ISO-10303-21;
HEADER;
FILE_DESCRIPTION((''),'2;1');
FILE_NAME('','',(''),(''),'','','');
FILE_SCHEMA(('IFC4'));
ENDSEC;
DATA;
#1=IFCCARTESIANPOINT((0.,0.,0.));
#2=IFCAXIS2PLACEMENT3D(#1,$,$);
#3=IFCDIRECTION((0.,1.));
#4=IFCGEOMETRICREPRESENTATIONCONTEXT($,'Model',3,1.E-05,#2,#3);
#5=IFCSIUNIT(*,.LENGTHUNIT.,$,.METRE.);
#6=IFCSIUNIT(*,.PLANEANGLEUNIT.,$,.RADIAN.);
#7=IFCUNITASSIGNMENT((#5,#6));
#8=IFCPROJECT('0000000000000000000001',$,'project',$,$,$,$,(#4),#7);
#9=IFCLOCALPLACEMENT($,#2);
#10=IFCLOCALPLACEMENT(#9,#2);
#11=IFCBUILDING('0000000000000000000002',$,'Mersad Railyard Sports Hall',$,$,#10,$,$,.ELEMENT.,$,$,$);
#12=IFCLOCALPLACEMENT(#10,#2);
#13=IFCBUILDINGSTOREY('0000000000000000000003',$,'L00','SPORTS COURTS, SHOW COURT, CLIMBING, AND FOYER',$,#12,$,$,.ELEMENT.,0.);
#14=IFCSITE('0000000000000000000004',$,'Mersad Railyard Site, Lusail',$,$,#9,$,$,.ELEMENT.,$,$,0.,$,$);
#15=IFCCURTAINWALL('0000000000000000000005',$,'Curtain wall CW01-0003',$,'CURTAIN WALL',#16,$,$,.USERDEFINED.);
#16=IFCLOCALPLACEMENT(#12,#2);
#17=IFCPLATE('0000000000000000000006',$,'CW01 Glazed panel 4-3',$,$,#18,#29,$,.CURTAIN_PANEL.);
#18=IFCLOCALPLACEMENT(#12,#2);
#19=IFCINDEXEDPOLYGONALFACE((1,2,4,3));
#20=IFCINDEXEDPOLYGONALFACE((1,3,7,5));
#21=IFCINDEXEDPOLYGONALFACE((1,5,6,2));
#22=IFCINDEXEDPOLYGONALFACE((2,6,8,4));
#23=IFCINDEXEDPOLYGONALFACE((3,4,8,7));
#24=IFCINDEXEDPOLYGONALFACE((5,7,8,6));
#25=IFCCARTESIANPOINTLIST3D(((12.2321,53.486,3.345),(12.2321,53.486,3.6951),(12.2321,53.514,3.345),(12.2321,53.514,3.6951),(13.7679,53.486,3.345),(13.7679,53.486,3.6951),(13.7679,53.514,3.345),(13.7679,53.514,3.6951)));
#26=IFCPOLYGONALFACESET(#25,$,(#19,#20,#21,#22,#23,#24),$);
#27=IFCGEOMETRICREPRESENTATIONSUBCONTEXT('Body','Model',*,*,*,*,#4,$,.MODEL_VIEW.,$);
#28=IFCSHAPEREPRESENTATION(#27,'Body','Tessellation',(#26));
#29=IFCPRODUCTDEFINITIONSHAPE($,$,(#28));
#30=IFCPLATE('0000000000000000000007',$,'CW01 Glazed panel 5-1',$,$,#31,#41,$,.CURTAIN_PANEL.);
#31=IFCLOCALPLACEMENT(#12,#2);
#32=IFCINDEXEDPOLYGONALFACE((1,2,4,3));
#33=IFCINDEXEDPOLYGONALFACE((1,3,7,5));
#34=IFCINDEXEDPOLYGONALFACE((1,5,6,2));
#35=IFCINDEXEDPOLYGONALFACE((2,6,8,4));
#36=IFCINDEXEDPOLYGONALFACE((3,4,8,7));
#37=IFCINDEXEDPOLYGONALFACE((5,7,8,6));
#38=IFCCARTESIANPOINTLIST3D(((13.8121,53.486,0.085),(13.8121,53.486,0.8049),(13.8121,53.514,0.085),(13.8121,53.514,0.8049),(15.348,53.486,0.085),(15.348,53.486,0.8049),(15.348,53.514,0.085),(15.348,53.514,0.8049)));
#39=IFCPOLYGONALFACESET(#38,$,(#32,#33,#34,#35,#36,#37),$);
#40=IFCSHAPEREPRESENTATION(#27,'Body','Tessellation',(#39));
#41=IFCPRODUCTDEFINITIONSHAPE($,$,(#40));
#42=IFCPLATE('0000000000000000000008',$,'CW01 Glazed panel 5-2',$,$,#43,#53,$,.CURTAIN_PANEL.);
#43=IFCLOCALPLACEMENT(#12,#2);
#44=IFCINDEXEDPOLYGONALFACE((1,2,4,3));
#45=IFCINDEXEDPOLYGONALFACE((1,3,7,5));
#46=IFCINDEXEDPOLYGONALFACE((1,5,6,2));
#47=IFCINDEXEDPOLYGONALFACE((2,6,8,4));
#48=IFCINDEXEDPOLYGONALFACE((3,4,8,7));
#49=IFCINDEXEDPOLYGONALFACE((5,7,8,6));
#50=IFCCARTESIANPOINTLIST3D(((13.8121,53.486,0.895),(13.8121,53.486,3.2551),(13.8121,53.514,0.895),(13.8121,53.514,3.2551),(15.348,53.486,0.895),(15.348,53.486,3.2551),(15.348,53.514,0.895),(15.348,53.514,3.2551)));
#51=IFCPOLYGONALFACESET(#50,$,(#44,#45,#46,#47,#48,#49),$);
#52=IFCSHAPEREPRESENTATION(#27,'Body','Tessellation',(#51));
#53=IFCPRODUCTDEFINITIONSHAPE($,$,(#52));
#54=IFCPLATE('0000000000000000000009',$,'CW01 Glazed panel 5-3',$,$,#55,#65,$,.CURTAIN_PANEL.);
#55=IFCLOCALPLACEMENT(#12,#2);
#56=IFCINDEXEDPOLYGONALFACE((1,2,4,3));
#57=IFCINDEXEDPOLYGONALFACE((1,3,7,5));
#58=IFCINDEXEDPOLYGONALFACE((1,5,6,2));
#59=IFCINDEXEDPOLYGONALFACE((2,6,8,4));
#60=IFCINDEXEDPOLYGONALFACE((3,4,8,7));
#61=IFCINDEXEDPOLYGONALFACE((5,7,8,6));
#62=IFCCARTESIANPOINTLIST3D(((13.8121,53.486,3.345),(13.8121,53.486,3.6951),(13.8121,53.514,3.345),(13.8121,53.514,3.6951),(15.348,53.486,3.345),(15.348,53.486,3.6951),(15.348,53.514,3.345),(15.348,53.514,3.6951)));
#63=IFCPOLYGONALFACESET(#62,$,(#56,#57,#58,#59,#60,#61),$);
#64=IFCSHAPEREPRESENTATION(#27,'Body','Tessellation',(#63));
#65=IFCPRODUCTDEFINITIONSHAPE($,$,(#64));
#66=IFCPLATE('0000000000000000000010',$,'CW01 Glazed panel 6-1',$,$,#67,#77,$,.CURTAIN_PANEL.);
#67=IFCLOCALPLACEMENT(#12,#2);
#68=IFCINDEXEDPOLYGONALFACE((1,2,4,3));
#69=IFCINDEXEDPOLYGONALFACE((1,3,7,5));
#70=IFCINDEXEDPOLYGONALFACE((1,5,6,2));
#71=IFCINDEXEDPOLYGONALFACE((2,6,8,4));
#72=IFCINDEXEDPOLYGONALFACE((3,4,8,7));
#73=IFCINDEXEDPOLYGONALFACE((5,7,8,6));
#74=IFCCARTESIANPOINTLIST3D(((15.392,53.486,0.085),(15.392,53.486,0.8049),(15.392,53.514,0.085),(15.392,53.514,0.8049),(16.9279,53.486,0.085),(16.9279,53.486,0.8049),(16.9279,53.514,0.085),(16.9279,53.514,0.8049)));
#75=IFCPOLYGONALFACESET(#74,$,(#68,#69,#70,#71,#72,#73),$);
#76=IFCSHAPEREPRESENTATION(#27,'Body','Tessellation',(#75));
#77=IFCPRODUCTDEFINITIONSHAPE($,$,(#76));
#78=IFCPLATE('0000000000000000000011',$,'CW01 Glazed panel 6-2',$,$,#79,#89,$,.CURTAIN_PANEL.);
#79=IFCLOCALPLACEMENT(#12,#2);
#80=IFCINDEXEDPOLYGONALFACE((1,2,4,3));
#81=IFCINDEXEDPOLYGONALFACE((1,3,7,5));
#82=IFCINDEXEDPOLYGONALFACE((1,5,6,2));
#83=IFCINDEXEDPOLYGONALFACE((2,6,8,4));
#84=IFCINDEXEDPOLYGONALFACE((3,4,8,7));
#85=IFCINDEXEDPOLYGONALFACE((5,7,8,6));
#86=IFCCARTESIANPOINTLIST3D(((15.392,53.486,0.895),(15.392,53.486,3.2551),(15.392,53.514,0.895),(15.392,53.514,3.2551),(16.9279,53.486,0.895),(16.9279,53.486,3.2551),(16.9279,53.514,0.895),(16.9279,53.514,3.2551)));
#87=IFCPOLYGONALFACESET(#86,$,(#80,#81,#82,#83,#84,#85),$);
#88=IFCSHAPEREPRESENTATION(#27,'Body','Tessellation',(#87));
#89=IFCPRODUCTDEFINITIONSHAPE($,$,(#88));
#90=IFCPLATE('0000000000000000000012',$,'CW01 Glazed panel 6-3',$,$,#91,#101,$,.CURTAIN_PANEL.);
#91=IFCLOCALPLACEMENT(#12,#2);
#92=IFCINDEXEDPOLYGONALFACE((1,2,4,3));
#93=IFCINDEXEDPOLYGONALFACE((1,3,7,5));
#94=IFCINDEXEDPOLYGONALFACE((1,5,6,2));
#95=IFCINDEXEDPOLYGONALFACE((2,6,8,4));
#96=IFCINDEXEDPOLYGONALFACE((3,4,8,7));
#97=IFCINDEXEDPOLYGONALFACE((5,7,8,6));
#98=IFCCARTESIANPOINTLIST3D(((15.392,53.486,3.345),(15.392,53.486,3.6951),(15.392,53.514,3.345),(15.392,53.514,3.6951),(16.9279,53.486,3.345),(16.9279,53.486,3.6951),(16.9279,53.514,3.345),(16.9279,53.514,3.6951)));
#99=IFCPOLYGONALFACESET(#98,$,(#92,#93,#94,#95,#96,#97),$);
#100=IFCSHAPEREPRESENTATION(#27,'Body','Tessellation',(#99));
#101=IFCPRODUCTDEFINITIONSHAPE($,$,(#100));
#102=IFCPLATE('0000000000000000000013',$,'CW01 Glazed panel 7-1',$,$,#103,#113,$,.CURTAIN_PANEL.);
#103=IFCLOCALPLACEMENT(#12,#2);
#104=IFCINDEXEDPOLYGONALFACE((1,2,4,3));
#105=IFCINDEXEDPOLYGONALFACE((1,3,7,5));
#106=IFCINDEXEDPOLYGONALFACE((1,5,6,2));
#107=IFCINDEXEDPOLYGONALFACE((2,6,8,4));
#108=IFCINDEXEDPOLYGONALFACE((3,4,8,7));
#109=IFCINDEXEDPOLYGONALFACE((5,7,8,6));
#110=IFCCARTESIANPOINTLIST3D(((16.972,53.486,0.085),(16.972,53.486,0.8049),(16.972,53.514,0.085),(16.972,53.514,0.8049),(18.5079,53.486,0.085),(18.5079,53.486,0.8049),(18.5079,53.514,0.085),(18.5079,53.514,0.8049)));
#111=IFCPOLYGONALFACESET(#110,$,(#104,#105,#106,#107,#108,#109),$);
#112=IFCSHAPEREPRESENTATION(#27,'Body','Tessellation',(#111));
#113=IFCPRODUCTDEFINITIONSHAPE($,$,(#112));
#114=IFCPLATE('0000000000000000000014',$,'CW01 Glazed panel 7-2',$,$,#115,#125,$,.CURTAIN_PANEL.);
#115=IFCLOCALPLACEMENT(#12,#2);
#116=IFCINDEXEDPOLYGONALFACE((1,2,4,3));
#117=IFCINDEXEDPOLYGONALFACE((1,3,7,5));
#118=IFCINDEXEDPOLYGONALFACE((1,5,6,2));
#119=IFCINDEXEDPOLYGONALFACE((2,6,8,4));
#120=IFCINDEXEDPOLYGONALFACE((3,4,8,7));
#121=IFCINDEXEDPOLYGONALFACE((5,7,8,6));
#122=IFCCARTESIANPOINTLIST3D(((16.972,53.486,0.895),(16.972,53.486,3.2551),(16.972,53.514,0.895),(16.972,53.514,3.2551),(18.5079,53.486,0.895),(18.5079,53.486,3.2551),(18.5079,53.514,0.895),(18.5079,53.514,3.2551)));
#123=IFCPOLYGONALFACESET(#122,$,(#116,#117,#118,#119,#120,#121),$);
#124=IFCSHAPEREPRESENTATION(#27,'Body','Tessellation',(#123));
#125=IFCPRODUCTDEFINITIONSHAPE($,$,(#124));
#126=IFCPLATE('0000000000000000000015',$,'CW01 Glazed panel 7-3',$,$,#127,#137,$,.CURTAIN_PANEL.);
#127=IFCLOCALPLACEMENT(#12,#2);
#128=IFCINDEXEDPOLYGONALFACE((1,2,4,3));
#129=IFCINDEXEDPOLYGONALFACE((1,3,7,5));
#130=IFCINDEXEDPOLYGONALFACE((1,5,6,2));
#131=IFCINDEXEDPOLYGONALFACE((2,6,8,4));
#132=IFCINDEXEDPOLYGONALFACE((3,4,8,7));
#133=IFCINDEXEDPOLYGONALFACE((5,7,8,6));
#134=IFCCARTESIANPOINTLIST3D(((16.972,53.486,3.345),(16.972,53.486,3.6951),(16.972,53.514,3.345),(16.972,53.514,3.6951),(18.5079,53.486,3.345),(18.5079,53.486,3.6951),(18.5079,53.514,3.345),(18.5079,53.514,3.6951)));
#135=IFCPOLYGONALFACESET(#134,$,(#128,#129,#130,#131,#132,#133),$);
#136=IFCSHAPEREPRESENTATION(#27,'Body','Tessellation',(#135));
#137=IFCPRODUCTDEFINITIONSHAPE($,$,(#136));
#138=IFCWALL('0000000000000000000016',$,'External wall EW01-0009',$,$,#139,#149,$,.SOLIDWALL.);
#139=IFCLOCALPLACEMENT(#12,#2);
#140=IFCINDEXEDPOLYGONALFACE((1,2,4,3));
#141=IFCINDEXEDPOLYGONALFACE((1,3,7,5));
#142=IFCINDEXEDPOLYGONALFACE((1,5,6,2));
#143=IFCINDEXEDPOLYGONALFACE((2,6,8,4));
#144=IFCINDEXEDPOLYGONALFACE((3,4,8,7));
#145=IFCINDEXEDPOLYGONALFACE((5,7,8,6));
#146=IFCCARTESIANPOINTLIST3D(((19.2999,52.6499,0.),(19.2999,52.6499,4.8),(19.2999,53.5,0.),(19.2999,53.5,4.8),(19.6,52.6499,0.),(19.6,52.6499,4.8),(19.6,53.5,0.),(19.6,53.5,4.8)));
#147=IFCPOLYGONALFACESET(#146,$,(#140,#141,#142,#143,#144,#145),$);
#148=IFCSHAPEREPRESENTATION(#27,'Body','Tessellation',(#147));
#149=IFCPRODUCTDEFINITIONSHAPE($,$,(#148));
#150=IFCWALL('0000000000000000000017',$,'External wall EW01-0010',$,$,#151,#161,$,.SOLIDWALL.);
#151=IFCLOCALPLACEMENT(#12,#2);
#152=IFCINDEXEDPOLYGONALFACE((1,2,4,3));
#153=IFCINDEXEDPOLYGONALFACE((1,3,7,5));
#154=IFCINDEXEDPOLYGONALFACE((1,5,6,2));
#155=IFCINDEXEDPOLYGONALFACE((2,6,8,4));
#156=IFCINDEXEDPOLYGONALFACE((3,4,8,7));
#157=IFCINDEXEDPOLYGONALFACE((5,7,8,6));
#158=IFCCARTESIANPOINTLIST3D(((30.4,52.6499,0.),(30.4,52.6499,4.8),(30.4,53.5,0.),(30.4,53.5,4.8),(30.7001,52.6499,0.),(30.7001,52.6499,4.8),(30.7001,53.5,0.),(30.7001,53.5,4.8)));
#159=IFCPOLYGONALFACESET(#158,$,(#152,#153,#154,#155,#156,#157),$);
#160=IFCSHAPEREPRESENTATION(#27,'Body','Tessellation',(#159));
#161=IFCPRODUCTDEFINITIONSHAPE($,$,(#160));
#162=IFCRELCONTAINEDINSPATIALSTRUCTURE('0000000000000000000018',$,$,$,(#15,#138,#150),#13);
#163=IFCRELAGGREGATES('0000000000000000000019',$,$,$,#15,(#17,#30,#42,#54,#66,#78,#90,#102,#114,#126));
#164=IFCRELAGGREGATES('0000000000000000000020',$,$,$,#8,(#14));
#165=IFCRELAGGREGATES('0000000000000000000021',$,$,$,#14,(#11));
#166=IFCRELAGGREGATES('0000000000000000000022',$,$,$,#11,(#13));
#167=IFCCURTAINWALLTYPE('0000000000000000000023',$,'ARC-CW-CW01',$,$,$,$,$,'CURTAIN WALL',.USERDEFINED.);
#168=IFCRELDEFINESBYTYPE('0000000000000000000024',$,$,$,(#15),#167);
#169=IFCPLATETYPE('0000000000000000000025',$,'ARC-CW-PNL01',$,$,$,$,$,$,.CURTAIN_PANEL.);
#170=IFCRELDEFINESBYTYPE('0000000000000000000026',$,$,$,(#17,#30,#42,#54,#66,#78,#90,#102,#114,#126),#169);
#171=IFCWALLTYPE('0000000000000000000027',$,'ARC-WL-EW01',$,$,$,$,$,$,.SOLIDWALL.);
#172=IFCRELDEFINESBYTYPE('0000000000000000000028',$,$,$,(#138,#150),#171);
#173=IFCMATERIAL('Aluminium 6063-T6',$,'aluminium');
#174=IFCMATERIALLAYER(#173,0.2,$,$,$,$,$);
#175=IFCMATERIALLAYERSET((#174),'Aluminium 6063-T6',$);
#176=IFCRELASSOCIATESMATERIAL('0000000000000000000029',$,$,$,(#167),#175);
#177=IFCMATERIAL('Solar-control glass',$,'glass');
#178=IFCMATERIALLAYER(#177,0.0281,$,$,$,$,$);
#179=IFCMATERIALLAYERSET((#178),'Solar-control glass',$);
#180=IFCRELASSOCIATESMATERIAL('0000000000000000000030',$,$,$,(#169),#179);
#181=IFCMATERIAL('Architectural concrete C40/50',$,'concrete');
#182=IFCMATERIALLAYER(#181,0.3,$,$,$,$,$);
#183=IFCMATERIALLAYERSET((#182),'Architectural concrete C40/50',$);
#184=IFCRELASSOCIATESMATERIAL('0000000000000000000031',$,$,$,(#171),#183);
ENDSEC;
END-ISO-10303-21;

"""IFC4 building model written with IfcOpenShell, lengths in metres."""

from ifc_helpers import new_model, si_unit, direction, frame, frame_2d, origin, origin_2d, place, context, subcontext, project, spatial, rectangle, extrude, material, layer, layer_set, type_object, element, aggregate, save


model = new_model("IFC4")

# Units and contexts
model_context = context("Model", 3, precision=1e-05, world=origin(), true_north=direction((0.0, 1.0)))
body_context = subcontext(model_context, "Body", "Model", "MODEL_VIEW")
ifc_project = project(units=[si_unit("LENGTHUNIT", "METRE"), si_unit("PLANEANGLEUNIT", "RADIAN")], contexts=[model_context])

# Site, building, storey
site_placement = place(None, origin())
site = spatial("IfcSite", under=ifc_project, at=site_placement, Name="Mersad Railyard Site, Lusail", CompositionType="ELEMENT", RefElevation=0.0)
building_placement = place(site_placement, origin())
building = spatial("IfcBuilding", under=site, at=building_placement, Name="Mersad Railyard Sports Hall", CompositionType="ELEMENT")
storey_placement = place(building_placement, origin())
storey = spatial("IfcBuildingStorey", under=building, at=storey_placement, Name="L00", Description="SPORTS COURTS, SHOW COURT, CLIMBING, AND FOYER", CompositionType="ELEMENT", Elevation=0.0)

# Curtain wall
ifc_material_1 = material(Name="Aluminium 6063-T6", Category="aluminium")
ifc_layer_1 = layer(ifc_material_1, 0.2)
ifc_layer_set_1 = layer_set([ifc_layer_1], Name="Aluminium 6063-T6")
curtain_wall_type = type_object("IfcCurtainWallType", Name="ARC-CW-CW01", ElementType="CURTAIN WALL", PredefinedType="USERDEFINED", material=ifc_layer_set_1)
curtain_wall_1_placement = place(storey_placement, origin())
curtain_wall_1 = element("IfcCurtainWall", 1, at=curtain_wall_1_placement, inside=storey, type_object=curtain_wall_type, Name="Curtain wall CW01-0003", ObjectType="CURTAIN WALL", PredefinedType="USERDEFINED")

# Plates
ifc_material_2 = material(Name="Solar-control glass", Category="glass")
ifc_layer_2 = layer(ifc_material_2, 0.0281)
ifc_layer_set_2 = layer_set([ifc_layer_2], Name="Solar-control glass")
plate_type = type_object("IfcPlateType", Name="ARC-CW-PNL01", PredefinedType="CURTAIN_PANEL", material=ifc_layer_set_2)
plate_1_placement = place(storey_placement, frame((13.0, 53.5, 3.345), z_axis=(0.0, 0.0, 1.0), x_axis=(1.0, 0.0, 0.0)))
plate_1 = element("IfcPlate", 2, at=plate_1_placement, type_object=plate_type, Name="CW01 Glazed panel 4-3", PredefinedType="CURTAIN_PANEL", context=body_context, shape_type="SweptSolid", body=[
    extrude(rectangle(XDim=1.5359, YDim=0.0281, at=origin_2d()), origin(), (0.0, 0.0, 1.0), 0.3501),
])
plate_2_placement = place(storey_placement, frame((14.5801, 53.5, 0.085), z_axis=(0.0, 0.0, 1.0), x_axis=(1.0, 0.0, 0.0)))
plate_2 = element("IfcPlate", 3, at=plate_2_placement, type_object=plate_type, Name="CW01 Glazed panel 5-1", PredefinedType="CURTAIN_PANEL", context=body_context, shape_type="SweptSolid", body=[
    extrude(rectangle(XDim=1.5359, YDim=0.0281, at=origin_2d()), origin(), (0.0, 0.0, 1.0), 0.72),
])
plate_3_placement = place(storey_placement, frame((14.5801, 53.5, 0.895), z_axis=(0.0, 0.0, 1.0), x_axis=(1.0, 0.0, 0.0)))
plate_3 = element("IfcPlate", 4, at=plate_3_placement, type_object=plate_type, Name="CW01 Glazed panel 5-2", PredefinedType="CURTAIN_PANEL", context=body_context, shape_type="SweptSolid", body=[
    extrude(rectangle(XDim=1.5359, YDim=0.0281, at=origin_2d()), origin(), (0.0, 0.0, 1.0), 2.3601),
])
plate_4_placement = place(storey_placement, frame((14.5801, 53.5, 3.345), z_axis=(0.0, 0.0, 1.0), x_axis=(1.0, 0.0, 0.0)))
plate_4 = element("IfcPlate", 5, at=plate_4_placement, type_object=plate_type, Name="CW01 Glazed panel 5-3", PredefinedType="CURTAIN_PANEL", context=body_context, shape_type="SweptSolid", body=[
    extrude(rectangle(XDim=1.5359, YDim=0.0281, at=origin_2d()), origin(), (0.0, 0.0, 1.0), 0.3501),
])
plate_5_placement = place(storey_placement, frame((16.1599, 53.5, 0.085), z_axis=(0.0, 0.0, 1.0), x_axis=(1.0, 0.0, 0.0)))
plate_5 = element("IfcPlate", 6, at=plate_5_placement, type_object=plate_type, Name="CW01 Glazed panel 6-1", PredefinedType="CURTAIN_PANEL", context=body_context, shape_type="SweptSolid", body=[
    extrude(rectangle(XDim=1.5359, YDim=0.0281, at=origin_2d()), origin(), (0.0, 0.0, 1.0), 0.72),
])
plate_6_placement = place(storey_placement, frame((16.1599, 53.5, 0.895), z_axis=(0.0, 0.0, 1.0), x_axis=(1.0, 0.0, 0.0)))
plate_6 = element("IfcPlate", 7, at=plate_6_placement, type_object=plate_type, Name="CW01 Glazed panel 6-2", PredefinedType="CURTAIN_PANEL", context=body_context, shape_type="SweptSolid", body=[
    extrude(rectangle(XDim=1.5359, YDim=0.0281, at=origin_2d()), origin(), (0.0, 0.0, 1.0), 2.3601),
])
plate_7_placement = place(storey_placement, frame((16.1599, 53.5, 3.345), z_axis=(0.0, 0.0, 1.0), x_axis=(1.0, 0.0, 0.0)))
plate_7 = element("IfcPlate", 8, at=plate_7_placement, type_object=plate_type, Name="CW01 Glazed panel 6-3", PredefinedType="CURTAIN_PANEL", context=body_context, shape_type="SweptSolid", body=[
    extrude(rectangle(XDim=1.5359, YDim=0.0281, at=origin_2d()), origin(), (0.0, 0.0, 1.0), 0.3501),
])
plate_8_placement = place(storey_placement, frame((17.74, 53.5, 0.085), z_axis=(0.0, 0.0, 1.0), x_axis=(1.0, 0.0, 0.0)))
plate_8 = element("IfcPlate", 9, at=plate_8_placement, type_object=plate_type, Name="CW01 Glazed panel 7-1", PredefinedType="CURTAIN_PANEL", context=body_context, shape_type="SweptSolid", body=[
    extrude(rectangle(XDim=1.5359, YDim=0.0281, at=origin_2d()), origin(), (0.0, 0.0, 1.0), 0.72),
])
plate_9_placement = place(storey_placement, frame((17.74, 53.5, 0.895), z_axis=(0.0, 0.0, 1.0), x_axis=(1.0, 0.0, 0.0)))
plate_9 = element("IfcPlate", 10, at=plate_9_placement, type_object=plate_type, Name="CW01 Glazed panel 7-2", PredefinedType="CURTAIN_PANEL", context=body_context, shape_type="SweptSolid", body=[
    extrude(rectangle(XDim=1.5359, YDim=0.0281, at=origin_2d()), origin(), (0.0, 0.0, 1.0), 2.3601),
])
plate_10_placement = place(storey_placement, frame((17.74, 53.5, 3.345), z_axis=(0.0, 0.0, 1.0), x_axis=(1.0, 0.0, 0.0)))
plate_10 = element("IfcPlate", 11, at=plate_10_placement, type_object=plate_type, Name="CW01 Glazed panel 7-3", PredefinedType="CURTAIN_PANEL", context=body_context, shape_type="SweptSolid", body=[
    extrude(rectangle(XDim=1.5359, YDim=0.0281, at=origin_2d()), origin(), (0.0, 0.0, 1.0), 0.3501),
])
aggregate(curtain_wall_1, [plate_1, plate_2, plate_3, plate_4, plate_5, plate_6, plate_7, plate_8, plate_9, plate_10])

# Walls
ifc_material_3 = material(Name="Architectural concrete C40/50", Category="concrete")
ifc_layer_3 = layer(ifc_material_3, 0.3)
ifc_layer_set_3 = layer_set([ifc_layer_3], Name="Architectural concrete C40/50")
wall_type = type_object("IfcWallType", Name="ARC-WL-EW01", PredefinedType="SOLIDWALL", material=ifc_layer_set_3)
for number, where, z_axis, x_axis, name in (
    (12, (19.45, 52.6499, 0.0), (0.0, 0.0, 1.0), (0.0, 1.0, 0.0), "External wall EW01-0009"),
    (13, (30.55, 53.5, 0.0), (0.0, 0.0, 1.0), (0.0, -1.0, 0.0), "External wall EW01-0010"),
):
    element("IfcWall", number, at=place(storey_placement, frame(where, z_axis=z_axis, x_axis=x_axis)), inside=storey, type_object=wall_type, Name=name, PredefinedType="SOLIDWALL", context=body_context, shape_type="SweptSolid", body=[
        extrude(rectangle(XDim=0.8501, YDim=0.3, at=frame_2d((0.425, 0.0))), origin(), (0.0, 0.0, 1.0), 4.8),
    ])

save(model, "model.ifc")
